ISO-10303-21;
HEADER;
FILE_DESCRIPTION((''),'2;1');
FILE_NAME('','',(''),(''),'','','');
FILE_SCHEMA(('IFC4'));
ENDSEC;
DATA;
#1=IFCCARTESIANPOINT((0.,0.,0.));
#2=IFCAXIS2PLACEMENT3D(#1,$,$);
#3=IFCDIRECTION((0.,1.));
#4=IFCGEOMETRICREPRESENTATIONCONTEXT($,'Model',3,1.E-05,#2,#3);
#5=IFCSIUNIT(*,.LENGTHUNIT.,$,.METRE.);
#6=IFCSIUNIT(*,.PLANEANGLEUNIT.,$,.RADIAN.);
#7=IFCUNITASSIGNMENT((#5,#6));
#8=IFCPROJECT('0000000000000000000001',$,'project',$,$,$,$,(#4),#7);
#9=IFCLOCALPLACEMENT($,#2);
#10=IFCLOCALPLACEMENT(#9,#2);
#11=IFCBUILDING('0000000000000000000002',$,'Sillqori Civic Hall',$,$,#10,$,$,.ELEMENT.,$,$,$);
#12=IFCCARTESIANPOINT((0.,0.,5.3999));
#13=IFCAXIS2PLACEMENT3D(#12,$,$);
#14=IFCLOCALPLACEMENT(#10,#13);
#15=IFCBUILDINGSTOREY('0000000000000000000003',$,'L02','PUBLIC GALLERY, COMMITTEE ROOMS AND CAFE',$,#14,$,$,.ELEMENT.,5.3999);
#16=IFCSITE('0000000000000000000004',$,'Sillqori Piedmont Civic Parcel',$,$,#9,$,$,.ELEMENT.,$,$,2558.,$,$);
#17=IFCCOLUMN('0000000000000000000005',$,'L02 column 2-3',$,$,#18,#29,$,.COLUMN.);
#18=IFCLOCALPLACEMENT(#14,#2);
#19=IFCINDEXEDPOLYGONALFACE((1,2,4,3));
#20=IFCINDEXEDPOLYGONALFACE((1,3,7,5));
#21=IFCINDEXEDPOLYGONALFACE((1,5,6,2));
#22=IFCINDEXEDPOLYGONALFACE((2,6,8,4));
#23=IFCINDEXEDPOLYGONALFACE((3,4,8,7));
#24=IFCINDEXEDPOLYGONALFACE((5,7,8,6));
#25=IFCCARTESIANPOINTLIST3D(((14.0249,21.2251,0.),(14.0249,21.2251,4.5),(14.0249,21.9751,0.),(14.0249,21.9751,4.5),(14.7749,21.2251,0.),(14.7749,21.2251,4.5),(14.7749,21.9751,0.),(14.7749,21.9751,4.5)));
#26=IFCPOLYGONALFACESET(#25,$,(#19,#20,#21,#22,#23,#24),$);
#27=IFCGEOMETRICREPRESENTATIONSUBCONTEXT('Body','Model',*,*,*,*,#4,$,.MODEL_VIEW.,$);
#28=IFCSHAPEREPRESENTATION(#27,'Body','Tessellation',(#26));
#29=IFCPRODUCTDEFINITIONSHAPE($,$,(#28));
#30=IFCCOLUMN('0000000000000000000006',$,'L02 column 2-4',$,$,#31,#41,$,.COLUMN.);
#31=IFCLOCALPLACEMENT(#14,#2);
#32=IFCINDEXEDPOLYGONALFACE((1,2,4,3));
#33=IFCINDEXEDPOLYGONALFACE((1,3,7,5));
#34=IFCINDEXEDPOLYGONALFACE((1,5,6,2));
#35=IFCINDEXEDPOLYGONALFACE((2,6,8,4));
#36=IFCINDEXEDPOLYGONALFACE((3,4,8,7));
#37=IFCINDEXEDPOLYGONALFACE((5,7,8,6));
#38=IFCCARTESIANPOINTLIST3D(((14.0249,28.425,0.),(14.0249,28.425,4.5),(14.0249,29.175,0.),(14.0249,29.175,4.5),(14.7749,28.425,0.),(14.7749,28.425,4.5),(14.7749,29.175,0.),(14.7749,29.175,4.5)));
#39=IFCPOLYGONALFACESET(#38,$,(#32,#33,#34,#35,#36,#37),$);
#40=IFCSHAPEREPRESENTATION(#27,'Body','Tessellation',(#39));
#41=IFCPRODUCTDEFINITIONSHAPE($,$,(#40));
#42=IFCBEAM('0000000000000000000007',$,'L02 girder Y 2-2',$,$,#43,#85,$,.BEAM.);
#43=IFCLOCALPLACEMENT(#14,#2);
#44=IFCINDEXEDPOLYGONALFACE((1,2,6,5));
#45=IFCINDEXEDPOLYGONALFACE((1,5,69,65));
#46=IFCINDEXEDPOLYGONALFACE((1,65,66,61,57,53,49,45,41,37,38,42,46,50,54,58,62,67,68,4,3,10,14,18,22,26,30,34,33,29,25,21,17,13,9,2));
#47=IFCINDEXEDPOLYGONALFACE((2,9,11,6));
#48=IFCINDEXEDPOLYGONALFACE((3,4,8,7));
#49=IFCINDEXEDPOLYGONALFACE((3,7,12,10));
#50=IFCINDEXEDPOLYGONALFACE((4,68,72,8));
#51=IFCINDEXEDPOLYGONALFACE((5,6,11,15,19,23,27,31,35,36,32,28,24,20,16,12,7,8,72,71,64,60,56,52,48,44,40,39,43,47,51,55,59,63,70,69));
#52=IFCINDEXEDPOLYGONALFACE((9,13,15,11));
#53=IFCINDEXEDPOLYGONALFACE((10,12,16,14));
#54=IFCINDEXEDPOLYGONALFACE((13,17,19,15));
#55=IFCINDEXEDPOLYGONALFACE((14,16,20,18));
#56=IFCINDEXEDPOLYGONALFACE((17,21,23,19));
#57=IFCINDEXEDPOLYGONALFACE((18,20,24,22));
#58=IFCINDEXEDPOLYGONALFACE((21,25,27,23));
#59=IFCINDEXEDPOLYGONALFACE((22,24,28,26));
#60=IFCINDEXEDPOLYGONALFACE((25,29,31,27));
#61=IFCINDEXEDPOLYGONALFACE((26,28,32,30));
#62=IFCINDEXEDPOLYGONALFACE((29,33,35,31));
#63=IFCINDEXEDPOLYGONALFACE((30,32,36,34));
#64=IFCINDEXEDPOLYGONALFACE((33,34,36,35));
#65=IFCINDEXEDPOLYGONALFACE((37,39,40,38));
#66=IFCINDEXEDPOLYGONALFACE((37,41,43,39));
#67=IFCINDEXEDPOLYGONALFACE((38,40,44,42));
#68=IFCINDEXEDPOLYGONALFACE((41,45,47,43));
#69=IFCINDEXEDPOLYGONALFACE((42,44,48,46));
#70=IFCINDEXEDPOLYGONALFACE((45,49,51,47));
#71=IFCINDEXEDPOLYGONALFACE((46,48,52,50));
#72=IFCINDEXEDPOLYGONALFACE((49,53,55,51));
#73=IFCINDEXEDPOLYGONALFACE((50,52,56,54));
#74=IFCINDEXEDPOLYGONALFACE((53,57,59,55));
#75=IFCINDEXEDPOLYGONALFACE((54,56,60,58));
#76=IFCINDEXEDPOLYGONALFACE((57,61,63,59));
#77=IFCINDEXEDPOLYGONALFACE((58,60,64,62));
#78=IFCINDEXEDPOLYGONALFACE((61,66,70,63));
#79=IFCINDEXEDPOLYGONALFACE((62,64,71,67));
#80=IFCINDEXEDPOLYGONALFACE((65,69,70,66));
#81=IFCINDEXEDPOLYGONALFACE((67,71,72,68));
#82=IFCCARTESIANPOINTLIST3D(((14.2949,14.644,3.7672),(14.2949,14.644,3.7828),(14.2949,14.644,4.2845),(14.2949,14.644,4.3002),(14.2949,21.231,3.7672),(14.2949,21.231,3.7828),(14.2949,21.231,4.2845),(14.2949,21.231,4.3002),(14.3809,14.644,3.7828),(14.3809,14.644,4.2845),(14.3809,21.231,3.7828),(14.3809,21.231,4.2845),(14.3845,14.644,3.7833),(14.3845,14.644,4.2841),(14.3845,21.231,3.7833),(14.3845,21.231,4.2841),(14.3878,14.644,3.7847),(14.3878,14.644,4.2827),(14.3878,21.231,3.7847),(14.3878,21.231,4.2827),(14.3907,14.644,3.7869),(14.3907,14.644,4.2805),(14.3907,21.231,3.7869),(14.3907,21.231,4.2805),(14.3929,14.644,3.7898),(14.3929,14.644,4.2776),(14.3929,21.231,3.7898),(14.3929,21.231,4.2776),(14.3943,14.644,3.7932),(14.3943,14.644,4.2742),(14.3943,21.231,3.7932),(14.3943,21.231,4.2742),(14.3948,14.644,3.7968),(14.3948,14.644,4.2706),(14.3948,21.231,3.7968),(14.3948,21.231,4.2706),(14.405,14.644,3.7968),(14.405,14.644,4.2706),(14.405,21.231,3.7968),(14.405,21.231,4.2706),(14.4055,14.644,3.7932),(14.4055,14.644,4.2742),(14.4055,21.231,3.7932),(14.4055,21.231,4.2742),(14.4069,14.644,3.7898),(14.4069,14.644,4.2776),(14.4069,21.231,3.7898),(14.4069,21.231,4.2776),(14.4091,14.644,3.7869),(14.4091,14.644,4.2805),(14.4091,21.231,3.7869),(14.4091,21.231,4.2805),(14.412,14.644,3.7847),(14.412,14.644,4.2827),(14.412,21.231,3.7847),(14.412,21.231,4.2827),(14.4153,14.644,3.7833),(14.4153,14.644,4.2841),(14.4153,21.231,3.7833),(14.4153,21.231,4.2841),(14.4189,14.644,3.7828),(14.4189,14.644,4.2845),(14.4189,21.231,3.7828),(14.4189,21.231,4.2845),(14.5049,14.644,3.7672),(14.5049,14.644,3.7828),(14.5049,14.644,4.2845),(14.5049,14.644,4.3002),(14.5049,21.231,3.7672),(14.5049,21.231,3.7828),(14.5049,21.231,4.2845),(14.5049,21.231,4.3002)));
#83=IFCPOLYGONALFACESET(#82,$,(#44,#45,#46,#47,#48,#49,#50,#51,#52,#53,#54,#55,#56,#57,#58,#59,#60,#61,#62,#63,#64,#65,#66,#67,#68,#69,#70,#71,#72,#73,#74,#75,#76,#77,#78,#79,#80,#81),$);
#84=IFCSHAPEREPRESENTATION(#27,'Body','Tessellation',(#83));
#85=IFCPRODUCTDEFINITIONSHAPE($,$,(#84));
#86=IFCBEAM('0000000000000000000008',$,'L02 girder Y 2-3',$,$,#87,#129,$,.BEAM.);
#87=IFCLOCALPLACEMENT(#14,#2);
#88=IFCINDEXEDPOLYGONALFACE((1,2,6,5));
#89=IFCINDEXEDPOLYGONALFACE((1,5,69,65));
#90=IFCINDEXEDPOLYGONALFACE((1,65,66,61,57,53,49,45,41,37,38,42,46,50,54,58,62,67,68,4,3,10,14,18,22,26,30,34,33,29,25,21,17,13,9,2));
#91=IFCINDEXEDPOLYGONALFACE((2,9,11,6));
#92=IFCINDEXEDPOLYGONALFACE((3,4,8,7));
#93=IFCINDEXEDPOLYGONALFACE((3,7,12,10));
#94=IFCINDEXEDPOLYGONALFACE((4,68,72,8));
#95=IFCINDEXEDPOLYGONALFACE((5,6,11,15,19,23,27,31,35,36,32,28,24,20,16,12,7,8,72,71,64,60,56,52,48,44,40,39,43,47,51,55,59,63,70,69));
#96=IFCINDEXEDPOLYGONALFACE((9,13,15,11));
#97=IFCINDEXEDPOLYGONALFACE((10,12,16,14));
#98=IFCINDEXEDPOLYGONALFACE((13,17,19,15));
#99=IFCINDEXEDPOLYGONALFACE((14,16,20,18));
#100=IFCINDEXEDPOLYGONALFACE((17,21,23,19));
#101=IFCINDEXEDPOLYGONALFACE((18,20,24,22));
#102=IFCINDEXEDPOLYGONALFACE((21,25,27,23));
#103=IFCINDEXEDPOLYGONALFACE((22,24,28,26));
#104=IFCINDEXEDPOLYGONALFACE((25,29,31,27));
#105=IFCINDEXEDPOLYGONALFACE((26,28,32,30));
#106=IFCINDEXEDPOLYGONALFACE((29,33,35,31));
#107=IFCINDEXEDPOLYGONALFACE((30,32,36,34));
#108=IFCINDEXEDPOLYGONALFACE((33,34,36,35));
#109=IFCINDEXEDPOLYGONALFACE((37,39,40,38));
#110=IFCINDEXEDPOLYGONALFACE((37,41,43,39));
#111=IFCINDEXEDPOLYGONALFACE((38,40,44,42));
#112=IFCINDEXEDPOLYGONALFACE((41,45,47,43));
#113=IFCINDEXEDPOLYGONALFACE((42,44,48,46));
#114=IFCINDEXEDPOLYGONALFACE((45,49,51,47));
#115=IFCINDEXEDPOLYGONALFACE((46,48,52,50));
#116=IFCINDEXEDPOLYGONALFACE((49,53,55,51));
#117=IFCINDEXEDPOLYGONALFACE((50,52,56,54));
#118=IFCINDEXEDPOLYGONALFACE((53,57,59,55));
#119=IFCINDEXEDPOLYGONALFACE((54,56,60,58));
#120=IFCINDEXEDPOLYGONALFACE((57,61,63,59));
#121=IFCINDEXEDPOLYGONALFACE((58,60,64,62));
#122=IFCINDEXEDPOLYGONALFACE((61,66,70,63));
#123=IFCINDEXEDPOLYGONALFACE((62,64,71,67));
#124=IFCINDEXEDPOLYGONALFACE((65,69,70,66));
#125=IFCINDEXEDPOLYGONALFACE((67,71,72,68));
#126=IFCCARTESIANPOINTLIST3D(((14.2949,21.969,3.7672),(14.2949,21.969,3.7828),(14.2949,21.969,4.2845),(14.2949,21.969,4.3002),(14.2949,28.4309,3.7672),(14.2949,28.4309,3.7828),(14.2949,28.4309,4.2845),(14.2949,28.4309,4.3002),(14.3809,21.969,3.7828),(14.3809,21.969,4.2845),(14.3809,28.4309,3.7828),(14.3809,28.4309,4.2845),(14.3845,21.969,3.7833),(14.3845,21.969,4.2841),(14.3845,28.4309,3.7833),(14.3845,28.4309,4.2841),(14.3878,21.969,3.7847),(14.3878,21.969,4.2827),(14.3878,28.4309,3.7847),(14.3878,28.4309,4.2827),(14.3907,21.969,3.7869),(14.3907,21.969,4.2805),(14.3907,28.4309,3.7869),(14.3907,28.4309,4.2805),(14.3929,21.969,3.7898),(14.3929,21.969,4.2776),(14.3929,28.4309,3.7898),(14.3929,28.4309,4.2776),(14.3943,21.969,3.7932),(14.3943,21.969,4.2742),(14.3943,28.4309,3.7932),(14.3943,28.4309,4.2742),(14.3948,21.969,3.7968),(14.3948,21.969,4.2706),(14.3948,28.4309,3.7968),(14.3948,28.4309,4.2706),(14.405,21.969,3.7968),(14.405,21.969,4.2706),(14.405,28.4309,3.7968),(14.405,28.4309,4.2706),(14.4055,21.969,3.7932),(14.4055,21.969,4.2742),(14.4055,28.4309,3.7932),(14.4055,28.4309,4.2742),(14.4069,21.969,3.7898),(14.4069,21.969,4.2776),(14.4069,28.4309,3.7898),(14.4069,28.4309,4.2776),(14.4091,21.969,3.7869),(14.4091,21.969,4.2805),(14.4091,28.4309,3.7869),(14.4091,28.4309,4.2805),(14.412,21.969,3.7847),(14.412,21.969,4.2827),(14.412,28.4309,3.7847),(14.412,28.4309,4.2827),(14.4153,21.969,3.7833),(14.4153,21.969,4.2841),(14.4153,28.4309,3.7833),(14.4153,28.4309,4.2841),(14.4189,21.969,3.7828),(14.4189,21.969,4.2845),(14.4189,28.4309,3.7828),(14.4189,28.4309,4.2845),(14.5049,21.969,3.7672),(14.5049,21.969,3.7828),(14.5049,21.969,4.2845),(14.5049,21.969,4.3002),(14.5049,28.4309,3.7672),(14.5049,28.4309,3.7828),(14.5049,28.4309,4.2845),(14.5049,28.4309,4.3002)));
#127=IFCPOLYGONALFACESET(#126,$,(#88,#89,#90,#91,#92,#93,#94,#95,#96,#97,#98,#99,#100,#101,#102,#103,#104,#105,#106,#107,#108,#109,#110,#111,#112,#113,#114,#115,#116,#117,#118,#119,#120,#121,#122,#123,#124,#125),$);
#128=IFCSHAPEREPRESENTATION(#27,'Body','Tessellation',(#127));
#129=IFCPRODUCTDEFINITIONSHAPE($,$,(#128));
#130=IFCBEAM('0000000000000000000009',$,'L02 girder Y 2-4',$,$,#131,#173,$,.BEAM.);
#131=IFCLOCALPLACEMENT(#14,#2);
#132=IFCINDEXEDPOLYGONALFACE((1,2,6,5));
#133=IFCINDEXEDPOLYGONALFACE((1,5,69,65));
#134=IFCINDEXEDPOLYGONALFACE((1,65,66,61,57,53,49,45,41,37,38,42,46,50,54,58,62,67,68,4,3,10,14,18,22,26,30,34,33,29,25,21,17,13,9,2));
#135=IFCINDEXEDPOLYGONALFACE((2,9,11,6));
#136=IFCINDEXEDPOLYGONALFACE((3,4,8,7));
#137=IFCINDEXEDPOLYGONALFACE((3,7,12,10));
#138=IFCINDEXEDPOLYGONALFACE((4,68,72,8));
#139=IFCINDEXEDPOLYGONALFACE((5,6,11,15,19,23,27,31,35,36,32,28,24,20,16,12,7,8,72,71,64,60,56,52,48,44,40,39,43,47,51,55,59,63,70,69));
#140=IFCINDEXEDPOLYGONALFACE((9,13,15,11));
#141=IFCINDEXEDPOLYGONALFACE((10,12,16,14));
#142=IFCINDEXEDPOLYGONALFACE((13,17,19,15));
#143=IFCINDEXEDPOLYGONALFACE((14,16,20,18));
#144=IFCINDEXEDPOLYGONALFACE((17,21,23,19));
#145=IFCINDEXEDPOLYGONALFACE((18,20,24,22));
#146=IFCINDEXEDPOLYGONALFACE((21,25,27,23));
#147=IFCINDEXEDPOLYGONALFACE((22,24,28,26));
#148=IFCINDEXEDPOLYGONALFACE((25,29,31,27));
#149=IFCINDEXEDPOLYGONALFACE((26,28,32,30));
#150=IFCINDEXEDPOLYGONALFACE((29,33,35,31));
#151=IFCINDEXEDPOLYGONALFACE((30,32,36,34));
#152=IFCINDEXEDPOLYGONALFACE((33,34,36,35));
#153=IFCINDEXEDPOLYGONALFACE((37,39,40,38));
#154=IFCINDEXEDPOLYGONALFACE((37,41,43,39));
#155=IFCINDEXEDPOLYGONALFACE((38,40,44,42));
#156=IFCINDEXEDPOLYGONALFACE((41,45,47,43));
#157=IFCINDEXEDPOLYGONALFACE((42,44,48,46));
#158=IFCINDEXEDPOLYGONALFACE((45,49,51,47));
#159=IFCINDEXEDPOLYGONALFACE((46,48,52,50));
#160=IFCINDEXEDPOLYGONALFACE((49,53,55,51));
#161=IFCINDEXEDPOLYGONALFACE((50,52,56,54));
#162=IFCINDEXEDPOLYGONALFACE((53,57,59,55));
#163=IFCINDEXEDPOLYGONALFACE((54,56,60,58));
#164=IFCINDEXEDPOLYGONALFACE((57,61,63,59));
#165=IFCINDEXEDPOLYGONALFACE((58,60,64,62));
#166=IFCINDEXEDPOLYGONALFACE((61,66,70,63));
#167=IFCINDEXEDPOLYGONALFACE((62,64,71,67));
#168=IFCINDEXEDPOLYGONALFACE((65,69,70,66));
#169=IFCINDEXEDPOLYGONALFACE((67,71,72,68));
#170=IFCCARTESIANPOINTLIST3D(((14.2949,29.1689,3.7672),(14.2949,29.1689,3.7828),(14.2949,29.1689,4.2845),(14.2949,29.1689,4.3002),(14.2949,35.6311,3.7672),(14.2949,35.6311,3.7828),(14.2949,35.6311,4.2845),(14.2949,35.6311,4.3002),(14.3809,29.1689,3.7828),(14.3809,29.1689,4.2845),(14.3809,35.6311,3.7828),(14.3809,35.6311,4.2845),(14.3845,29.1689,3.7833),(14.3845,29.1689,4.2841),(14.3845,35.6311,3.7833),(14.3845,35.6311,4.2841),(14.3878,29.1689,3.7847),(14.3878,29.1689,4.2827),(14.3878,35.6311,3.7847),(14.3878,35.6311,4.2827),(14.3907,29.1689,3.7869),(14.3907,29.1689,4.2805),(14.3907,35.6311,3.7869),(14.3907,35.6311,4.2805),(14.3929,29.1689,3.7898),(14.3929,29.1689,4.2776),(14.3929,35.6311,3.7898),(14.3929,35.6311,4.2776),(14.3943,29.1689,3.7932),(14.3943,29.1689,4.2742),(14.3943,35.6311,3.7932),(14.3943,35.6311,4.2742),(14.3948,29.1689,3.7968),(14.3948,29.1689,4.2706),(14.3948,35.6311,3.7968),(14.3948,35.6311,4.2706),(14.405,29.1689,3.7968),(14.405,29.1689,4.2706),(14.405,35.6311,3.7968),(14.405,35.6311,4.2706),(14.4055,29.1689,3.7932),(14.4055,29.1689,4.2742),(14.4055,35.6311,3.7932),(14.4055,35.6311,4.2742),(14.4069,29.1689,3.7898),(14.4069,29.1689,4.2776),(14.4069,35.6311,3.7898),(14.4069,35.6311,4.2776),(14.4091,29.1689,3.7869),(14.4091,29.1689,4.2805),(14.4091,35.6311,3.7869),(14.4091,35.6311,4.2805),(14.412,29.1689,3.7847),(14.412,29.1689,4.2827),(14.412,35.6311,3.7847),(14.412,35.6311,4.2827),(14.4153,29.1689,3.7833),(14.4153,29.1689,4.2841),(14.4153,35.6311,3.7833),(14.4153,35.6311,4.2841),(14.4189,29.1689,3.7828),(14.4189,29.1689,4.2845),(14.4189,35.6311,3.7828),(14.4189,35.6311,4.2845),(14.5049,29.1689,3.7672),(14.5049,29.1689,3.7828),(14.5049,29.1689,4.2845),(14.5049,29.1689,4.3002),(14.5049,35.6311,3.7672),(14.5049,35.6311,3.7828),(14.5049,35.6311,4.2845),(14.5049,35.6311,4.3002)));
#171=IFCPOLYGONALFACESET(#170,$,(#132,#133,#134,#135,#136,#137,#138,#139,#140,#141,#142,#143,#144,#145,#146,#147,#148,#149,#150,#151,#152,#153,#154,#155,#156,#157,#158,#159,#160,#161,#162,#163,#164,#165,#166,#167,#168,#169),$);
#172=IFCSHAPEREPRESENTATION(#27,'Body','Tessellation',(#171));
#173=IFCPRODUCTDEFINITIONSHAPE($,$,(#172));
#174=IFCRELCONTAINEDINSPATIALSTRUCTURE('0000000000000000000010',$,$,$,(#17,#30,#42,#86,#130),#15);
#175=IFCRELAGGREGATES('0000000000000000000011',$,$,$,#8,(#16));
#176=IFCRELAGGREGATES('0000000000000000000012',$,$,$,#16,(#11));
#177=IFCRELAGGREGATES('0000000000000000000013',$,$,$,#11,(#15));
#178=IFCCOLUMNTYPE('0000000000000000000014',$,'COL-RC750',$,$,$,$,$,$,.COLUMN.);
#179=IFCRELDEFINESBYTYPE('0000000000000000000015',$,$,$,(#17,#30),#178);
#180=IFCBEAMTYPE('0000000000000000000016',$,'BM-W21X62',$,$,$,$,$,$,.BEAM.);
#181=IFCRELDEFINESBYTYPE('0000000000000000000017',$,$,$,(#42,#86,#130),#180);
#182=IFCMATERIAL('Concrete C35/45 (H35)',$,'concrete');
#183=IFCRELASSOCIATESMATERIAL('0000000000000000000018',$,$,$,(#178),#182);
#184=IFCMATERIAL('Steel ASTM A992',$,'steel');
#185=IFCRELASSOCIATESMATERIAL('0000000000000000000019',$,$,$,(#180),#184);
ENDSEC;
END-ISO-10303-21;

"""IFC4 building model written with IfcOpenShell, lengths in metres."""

from ifc_helpers import new_model, si_unit, direction, frame, origin, origin_2d, place, context, subcontext, project, spatial, rectangle, i_section, extrude, material, material_profile, profile_set, type_object, element, save


model = new_model("IFC4")

# Units and contexts
model_context = context("Model", 3, precision=1e-05, world=origin(), true_north=direction((0.0, 1.0)))
body_context = subcontext(model_context, "Body", "Model", "MODEL_VIEW")
ifc_project = project(units=[si_unit("LENGTHUNIT", "METRE"), si_unit("PLANEANGLEUNIT", "RADIAN")], contexts=[model_context])

# Site, building, storey
site_placement = place(None, origin())
site = spatial("IfcSite", under=ifc_project, at=site_placement, Name="Sillqori Piedmont Civic Parcel", CompositionType="ELEMENT", RefElevation=2558.0)
building_placement = place(site_placement, origin())
building = spatial("IfcBuilding", under=site, at=building_placement, Name="Sillqori Civic Hall", CompositionType="ELEMENT")
storey_placement = place(building_placement, frame((0.0, 0.0, 5.3999)))
storey = spatial("IfcBuildingStorey", under=building, at=storey_placement, Name="L02", Description="PUBLIC GALLERY, COMMITTEE ROOMS AND CAFE", CompositionType="ELEMENT", Elevation=5.3999)

# Columns
ifc_material_1 = material(Name="Concrete C35/45 (H35)", Category="concrete")
ifc_material_profile_1 = material_profile(ifc_material_1, rectangle(XDim=0.75, YDim=0.75, at=origin_2d()), Name="RC 750x750")
ifc_profile_set_1 = profile_set([ifc_material_profile_1], Name="Concrete C35/45 (H35)")
column_type = type_object("IfcColumnType", Name="COL-RC750", PredefinedType="COLUMN", material=ifc_profile_set_1)
for number, where, z_axis, x_axis, name in (
    (1, (14.3999, 21.6001, 0.0), (0.0, 0.0, 1.0), (1.0, 0.0, 0.0), "L02 column 2-3"),
    (2, (14.3999, 28.8, 0.0), (0.0, 0.0, 1.0), (1.0, 0.0, 0.0), "L02 column 2-4"),
):
    element("IfcColumn", number, at=place(storey_placement, frame(where, z_axis=z_axis, x_axis=x_axis)), inside=storey, type_object=column_type, Name=name, PredefinedType="COLUMN", context=body_context, shape_type="SweptSolid", body=[
        extrude(rectangle(XDim=0.75, YDim=0.75, at=origin_2d()), origin(), (0.0, 0.0, 1.0), 4.5),
    ])

# Beams
ifc_material_2 = material(Name="Steel ASTM A992", Category="steel")
ifc_material_profile_2 = material_profile(ifc_material_2, i_section(OverallWidth=0.21, OverallDepth=0.533, WebThickness=0.0103, FlangeThickness=0.0156, FilletRadius=0.0139, at=origin_2d()), Name="W21X62")
ifc_profile_set_2 = profile_set([ifc_material_profile_2], Name="Steel ASTM A992")
beam_type_1 = type_object("IfcBeamType", Name="BM-W21X62", PredefinedType="BEAM", material=ifc_profile_set_2)
beam_1_placement = place(storey_placement, frame((14.3999, 14.644, 4.0337), z_axis=(0.0, 1.0, 0.0), x_axis=(-1.0, 0.0, 0.0)))
element("IfcBeam", 3, at=beam_1_placement, inside=storey, type_object=beam_type_1, Name="L02 girder Y 2-2", PredefinedType="BEAM", context=body_context, shape_type="SweptSolid", body=[
    extrude(i_section(OverallWidth=0.21, OverallDepth=0.533, WebThickness=0.0103, FlangeThickness=0.0156, FilletRadius=0.0139, at=origin_2d()), origin(), (0.0, 0.0, 1.0), 6.5869),
])
beam_2_placement = place(storey_placement, frame((14.3999, 21.969, 4.0337), z_axis=(0.0, 1.0, 0.0), x_axis=(-1.0, 0.0, 0.0)))
element("IfcBeam", 4, at=beam_2_placement, inside=storey, type_object=beam_type_1, Name="L02 girder Y 2-3", PredefinedType="BEAM", context=body_context, shape_type="SweptSolid", body=[
    extrude(i_section(OverallWidth=0.21, OverallDepth=0.533, WebThickness=0.0103, FlangeThickness=0.0156, FilletRadius=0.0139, at=origin_2d()), origin(), (0.0, 0.0, 1.0), 6.4619),
])
beam_3_placement = place(storey_placement, frame((14.3999, 29.1689, 4.0337), z_axis=(0.0, 1.0, 0.0), x_axis=(-1.0, 0.0, 0.0)))
element("IfcBeam", 5, at=beam_3_placement, inside=storey, type_object=beam_type_1, Name="L02 girder Y 2-4", PredefinedType="BEAM", context=body_context, shape_type="SweptSolid", body=[
    extrude(i_section(OverallWidth=0.21, OverallDepth=0.533, WebThickness=0.0103, FlangeThickness=0.0156, FilletRadius=0.0139, at=origin_2d()), origin(), (0.0, 0.0, 1.0), 6.4622),
])

save(model, "model.ifc")
